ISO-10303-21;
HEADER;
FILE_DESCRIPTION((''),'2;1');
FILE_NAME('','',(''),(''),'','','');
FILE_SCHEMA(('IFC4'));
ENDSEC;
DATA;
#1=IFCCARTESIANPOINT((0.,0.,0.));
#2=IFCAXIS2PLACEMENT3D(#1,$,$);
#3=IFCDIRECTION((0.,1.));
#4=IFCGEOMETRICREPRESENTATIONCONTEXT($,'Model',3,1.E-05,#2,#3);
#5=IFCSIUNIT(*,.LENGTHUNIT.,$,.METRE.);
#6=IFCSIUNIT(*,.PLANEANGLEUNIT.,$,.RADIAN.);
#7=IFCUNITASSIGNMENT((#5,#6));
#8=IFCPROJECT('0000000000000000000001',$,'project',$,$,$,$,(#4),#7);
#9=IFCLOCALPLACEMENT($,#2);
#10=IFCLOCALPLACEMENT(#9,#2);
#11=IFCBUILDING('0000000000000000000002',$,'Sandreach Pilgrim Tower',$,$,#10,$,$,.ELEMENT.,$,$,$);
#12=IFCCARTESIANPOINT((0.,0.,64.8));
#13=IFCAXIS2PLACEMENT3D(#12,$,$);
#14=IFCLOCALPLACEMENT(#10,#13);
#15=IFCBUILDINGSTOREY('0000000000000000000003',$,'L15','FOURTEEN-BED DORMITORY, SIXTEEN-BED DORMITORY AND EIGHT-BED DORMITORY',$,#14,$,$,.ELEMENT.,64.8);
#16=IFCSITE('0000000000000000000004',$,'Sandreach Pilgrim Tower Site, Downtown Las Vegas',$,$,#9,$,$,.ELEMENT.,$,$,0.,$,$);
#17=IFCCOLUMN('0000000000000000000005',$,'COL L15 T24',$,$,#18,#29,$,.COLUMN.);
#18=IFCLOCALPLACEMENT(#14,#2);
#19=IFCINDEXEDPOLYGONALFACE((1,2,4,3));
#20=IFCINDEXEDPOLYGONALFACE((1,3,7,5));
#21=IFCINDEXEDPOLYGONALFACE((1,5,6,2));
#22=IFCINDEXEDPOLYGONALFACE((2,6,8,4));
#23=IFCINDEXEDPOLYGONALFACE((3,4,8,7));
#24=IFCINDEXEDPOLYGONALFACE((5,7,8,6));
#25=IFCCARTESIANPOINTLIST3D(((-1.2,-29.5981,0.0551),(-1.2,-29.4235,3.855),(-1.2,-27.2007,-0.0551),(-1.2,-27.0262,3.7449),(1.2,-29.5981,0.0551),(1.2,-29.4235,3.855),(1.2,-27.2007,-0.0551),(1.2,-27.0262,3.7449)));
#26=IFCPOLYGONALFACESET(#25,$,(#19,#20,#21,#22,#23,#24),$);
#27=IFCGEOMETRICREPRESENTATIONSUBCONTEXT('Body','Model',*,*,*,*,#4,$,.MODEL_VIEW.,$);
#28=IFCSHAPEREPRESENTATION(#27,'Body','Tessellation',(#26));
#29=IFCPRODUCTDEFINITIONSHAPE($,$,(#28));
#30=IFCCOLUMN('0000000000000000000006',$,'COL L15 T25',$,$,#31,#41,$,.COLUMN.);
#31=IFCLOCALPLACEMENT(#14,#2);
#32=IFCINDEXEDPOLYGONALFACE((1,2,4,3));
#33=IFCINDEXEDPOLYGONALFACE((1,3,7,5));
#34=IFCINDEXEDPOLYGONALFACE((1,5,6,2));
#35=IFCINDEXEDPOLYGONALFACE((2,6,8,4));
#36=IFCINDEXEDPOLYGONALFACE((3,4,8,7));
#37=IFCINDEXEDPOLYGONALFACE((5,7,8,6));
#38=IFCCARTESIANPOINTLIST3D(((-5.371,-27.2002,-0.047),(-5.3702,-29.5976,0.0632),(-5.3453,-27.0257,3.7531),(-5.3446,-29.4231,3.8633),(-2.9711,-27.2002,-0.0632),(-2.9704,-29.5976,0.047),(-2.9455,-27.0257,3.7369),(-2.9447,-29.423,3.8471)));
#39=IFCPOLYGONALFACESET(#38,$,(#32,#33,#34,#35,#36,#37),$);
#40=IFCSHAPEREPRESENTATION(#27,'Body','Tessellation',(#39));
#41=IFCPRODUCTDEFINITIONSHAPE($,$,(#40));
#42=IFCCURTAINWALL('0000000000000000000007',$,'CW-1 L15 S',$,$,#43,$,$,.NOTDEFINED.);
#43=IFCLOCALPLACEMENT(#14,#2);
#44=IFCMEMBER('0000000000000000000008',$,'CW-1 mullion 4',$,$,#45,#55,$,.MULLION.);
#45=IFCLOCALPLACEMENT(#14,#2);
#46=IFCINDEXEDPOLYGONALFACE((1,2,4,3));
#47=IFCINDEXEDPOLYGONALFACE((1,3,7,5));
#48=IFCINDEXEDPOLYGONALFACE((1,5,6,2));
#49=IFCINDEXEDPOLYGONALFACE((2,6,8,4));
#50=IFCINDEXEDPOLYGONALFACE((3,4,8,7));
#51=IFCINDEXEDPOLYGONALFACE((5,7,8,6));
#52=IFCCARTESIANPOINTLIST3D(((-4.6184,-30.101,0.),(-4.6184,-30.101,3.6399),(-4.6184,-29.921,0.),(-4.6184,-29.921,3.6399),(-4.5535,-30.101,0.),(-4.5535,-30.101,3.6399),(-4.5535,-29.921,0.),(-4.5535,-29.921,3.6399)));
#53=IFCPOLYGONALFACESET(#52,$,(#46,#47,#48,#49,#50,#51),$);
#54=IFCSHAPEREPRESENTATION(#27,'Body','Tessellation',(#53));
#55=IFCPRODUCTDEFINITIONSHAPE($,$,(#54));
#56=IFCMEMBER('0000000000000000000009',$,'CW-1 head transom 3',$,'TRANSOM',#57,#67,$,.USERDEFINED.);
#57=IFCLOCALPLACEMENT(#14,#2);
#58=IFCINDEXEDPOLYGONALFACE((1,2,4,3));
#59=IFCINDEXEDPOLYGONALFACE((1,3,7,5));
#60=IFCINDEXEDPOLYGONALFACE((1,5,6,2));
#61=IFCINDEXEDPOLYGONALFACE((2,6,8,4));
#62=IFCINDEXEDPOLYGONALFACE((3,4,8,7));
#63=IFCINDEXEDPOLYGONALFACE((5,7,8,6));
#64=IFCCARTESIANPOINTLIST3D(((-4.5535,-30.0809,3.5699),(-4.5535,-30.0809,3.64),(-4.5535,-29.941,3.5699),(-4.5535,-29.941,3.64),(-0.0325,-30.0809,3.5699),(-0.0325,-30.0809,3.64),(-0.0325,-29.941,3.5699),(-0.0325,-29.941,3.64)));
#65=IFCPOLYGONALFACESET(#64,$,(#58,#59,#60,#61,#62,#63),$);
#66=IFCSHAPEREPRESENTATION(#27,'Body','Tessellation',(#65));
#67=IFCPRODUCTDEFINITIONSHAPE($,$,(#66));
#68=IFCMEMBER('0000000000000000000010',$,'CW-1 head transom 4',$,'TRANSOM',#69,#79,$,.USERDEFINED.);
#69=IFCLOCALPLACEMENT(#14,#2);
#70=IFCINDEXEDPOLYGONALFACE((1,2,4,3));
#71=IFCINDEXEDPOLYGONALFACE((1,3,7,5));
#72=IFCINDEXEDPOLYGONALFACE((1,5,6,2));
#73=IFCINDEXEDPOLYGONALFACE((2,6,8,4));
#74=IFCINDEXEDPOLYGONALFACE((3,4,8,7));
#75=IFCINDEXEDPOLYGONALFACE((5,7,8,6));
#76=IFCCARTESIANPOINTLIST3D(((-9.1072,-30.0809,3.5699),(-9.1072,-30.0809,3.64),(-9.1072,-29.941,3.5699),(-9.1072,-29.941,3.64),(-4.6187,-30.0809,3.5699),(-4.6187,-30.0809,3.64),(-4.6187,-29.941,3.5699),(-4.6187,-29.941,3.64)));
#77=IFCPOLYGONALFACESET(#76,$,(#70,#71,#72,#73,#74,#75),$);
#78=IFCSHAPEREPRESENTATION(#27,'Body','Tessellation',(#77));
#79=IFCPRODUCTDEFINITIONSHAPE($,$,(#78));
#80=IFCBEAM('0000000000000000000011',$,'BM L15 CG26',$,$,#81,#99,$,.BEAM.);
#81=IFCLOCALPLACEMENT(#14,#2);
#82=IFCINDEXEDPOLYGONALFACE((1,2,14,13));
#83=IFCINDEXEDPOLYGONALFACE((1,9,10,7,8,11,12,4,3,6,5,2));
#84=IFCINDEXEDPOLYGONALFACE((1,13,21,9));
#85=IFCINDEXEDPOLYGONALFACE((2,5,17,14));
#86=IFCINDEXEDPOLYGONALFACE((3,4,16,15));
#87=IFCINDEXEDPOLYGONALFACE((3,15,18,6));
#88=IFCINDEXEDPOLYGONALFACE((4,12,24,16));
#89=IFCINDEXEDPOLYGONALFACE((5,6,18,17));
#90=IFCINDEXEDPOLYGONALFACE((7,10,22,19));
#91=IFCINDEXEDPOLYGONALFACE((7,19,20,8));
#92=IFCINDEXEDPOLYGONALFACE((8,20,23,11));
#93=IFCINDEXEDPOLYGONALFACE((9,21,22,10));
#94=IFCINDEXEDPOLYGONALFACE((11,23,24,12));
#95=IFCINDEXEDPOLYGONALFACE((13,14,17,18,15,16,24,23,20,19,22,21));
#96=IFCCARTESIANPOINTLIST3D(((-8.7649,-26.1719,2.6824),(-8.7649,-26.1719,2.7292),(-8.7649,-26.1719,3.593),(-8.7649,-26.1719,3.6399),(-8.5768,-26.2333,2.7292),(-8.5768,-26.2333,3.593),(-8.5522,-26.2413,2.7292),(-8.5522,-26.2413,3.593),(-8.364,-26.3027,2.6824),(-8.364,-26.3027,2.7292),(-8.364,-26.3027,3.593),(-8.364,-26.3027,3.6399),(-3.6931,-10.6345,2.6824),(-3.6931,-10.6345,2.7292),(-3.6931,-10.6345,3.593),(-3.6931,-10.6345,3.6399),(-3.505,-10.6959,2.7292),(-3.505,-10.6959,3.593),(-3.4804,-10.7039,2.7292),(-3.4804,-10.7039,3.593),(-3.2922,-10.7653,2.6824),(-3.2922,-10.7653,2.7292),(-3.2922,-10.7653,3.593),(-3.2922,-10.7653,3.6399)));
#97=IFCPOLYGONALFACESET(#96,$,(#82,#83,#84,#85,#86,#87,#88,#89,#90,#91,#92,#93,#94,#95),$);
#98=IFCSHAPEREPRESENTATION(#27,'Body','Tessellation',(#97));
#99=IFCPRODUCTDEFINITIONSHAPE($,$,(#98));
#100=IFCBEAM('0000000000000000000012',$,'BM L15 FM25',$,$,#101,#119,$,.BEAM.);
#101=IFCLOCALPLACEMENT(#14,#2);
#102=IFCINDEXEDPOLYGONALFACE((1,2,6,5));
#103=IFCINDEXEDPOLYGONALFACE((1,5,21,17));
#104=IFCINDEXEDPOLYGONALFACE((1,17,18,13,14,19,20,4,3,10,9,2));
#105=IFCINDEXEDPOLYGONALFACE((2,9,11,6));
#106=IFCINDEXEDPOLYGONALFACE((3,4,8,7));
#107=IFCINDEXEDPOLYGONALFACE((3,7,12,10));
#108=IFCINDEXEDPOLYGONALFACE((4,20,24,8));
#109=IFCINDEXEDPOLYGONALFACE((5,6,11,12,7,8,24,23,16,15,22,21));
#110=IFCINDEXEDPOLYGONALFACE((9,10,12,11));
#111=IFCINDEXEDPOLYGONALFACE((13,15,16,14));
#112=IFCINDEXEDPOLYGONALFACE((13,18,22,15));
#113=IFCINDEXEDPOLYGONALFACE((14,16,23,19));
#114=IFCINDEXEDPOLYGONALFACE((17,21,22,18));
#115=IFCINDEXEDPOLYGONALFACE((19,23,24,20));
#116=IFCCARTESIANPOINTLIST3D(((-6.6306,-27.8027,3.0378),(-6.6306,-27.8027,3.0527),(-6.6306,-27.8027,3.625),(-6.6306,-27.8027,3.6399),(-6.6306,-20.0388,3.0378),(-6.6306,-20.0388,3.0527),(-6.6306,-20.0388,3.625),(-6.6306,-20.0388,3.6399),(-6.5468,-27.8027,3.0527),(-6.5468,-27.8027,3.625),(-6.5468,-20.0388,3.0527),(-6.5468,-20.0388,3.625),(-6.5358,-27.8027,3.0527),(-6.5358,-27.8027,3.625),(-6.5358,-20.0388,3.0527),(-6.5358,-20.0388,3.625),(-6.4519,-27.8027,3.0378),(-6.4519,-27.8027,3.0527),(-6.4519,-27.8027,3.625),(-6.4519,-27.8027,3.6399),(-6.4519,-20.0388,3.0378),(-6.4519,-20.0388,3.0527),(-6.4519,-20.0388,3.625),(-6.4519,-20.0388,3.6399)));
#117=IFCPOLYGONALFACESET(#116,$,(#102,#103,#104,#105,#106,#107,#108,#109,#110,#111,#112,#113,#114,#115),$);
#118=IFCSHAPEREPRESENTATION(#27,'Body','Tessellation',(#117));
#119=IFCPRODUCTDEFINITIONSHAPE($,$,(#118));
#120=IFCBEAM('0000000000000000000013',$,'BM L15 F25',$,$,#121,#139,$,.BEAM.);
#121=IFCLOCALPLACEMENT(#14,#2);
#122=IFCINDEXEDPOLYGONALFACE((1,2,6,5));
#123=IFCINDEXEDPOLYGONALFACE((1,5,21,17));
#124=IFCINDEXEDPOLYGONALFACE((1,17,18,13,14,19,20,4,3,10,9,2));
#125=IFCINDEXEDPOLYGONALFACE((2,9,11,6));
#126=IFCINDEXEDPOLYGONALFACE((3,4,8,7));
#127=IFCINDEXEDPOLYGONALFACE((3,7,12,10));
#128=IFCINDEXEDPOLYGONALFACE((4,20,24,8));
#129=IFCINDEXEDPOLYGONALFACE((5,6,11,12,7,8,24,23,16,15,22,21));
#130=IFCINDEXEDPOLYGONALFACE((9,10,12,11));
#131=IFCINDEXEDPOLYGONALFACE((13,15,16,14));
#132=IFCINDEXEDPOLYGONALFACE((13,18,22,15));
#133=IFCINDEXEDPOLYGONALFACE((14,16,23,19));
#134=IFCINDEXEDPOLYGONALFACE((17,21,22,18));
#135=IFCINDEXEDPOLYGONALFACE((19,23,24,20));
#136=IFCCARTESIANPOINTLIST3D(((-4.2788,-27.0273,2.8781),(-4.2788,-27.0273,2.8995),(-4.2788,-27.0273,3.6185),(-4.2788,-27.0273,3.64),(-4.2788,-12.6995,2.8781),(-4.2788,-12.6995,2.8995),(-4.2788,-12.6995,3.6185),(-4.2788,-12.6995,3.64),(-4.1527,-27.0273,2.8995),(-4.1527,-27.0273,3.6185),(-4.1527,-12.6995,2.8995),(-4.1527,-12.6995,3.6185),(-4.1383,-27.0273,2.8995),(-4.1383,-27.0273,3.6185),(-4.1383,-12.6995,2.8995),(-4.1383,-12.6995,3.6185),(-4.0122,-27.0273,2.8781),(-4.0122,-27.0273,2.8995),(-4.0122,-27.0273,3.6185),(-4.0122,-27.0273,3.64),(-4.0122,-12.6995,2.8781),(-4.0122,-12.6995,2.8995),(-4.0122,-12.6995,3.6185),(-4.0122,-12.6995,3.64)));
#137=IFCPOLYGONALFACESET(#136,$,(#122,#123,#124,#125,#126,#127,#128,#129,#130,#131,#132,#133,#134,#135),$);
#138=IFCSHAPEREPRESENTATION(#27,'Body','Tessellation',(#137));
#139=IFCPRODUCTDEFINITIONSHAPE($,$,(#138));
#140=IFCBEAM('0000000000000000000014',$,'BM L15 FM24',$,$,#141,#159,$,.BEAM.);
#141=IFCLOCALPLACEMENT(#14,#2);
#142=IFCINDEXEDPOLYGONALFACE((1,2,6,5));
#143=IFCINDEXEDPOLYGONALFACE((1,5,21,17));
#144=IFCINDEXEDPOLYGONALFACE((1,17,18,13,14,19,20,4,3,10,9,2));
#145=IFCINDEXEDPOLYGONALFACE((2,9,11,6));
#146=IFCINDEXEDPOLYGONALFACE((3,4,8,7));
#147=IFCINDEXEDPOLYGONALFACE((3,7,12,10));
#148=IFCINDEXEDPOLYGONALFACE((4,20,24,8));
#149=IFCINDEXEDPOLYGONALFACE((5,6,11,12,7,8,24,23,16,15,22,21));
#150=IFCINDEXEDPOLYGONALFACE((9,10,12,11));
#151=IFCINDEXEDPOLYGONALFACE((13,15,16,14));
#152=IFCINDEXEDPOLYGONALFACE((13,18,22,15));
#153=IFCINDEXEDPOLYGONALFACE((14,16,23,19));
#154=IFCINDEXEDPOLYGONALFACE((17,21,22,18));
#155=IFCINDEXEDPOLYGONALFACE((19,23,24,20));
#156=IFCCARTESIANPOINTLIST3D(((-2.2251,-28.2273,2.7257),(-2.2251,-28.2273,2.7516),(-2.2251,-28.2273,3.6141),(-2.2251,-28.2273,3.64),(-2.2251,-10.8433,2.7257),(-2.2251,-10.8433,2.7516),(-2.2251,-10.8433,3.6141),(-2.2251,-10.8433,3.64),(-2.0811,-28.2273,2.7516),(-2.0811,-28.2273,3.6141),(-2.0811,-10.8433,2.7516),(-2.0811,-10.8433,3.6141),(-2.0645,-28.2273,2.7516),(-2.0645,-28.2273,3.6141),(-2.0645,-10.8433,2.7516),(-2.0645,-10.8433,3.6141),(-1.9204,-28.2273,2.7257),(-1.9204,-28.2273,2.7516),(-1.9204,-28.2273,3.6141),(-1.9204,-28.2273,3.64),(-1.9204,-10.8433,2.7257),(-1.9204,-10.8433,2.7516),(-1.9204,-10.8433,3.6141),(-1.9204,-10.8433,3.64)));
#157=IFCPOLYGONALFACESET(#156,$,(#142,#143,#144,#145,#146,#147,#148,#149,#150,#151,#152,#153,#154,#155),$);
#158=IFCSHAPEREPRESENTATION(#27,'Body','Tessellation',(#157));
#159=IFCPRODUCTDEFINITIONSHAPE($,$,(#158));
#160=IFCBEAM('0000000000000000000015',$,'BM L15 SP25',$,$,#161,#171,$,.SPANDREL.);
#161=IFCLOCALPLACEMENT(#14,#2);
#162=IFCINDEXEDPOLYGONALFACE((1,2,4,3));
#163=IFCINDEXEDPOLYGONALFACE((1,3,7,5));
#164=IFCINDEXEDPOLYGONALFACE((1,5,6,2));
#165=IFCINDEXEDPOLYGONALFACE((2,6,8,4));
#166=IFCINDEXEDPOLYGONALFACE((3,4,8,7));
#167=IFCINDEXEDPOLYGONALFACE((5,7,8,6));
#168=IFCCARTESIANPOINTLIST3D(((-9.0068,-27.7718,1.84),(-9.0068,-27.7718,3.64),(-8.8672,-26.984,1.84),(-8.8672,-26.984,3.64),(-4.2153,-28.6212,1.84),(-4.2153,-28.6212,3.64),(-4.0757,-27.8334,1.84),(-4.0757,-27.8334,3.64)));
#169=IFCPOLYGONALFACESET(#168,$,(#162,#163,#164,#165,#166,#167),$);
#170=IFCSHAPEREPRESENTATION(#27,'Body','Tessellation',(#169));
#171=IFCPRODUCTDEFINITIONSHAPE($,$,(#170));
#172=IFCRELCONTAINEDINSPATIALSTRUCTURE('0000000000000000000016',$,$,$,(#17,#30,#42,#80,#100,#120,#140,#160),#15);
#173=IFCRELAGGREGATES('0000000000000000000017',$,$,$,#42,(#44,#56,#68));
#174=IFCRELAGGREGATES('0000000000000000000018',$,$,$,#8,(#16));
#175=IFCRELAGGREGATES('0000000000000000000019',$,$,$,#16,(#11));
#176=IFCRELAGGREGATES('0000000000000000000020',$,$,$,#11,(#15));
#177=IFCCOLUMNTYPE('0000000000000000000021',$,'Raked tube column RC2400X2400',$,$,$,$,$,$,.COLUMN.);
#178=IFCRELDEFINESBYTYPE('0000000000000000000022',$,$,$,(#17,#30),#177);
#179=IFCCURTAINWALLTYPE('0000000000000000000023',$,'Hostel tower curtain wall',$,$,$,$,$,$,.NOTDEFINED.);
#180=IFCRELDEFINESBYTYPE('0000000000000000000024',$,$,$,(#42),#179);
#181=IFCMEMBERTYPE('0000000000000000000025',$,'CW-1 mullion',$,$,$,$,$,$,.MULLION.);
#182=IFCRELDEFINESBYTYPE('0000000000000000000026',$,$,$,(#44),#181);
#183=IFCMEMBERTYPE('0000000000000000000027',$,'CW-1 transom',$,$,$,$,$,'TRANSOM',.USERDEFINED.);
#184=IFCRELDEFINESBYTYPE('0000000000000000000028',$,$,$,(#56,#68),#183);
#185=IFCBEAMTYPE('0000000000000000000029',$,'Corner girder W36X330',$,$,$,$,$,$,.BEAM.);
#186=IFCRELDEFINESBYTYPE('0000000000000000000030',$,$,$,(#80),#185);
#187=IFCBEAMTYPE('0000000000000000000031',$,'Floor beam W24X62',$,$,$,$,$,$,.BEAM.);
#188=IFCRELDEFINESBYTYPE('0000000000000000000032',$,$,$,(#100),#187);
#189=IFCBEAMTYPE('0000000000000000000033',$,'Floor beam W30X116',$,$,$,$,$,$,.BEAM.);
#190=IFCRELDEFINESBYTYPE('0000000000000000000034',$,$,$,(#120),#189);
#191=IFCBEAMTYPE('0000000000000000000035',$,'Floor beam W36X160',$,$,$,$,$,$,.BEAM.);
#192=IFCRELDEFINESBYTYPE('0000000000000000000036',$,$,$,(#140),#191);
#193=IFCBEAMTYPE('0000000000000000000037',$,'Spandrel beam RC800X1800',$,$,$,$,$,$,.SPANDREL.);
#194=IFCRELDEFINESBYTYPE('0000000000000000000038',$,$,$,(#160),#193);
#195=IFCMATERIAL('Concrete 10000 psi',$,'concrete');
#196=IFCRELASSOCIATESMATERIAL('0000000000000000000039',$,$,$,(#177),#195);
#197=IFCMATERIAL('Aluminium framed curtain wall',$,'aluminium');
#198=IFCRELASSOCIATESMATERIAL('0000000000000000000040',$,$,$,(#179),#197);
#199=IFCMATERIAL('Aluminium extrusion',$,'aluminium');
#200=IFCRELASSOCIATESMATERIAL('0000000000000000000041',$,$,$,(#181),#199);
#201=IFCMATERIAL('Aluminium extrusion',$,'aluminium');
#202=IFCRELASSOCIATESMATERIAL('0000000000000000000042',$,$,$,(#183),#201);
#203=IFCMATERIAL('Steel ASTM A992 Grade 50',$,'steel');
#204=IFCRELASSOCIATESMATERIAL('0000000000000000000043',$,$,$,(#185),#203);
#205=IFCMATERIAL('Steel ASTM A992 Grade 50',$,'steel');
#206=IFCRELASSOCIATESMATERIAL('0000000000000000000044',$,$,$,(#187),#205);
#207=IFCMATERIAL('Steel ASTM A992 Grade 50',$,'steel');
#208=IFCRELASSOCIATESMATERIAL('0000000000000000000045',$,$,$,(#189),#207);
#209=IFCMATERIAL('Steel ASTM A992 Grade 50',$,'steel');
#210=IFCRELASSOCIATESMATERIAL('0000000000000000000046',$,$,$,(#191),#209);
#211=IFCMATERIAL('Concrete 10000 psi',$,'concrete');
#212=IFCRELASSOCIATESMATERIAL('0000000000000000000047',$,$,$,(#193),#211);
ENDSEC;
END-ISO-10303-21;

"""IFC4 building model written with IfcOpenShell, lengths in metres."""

from ifc_helpers import new_model, si_unit, direction, frame, origin, origin_2d, place, context, subcontext, project, spatial, rectangle, i_section, extrude, material, material_profile, profile_set, type_object, element, aggregate, save


model = new_model("IFC4")

# Units and contexts
model_context = context("Model", 3, precision=1e-05, world=origin(), true_north=direction((0.0, 1.0)))
body_context = subcontext(model_context, "Body", "Model", "MODEL_VIEW")
ifc_project = project(units=[si_unit("LENGTHUNIT", "METRE"), si_unit("PLANEANGLEUNIT", "RADIAN")], contexts=[model_context])

# Site, building, storey
site_placement = place(None, origin())
site = spatial("IfcSite", under=ifc_project, at=site_placement, Name="Sandreach Pilgrim Tower Site, Downtown Las Vegas", CompositionType="ELEMENT", RefElevation=0.0)
building_placement = place(site_placement, origin())
building = spatial("IfcBuilding", under=site, at=building_placement, Name="Sandreach Pilgrim Tower", CompositionType="ELEMENT")
storey_placement = place(building_placement, frame((0.0, 0.0, 64.8)))
storey = spatial("IfcBuildingStorey", under=building, at=storey_placement, Name="L15", Description="FOURTEEN-BED DORMITORY, SIXTEEN-BED DORMITORY AND EIGHT-BED DORMITORY", CompositionType="ELEMENT", Elevation=64.8)

# Columns
ifc_material_1 = material(Name="Concrete 10000 psi", Category="concrete")
ifc_material_profile_1 = material_profile(ifc_material_1, rectangle(XDim=2.3999, YDim=2.3999, at=origin_2d()), Name="RC2400X2400")
ifc_profile_set_1 = profile_set([ifc_material_profile_1], Name="Concrete 10000 psi")
column_type = type_object("IfcColumnType", Name="Raked tube column RC2400X2400", PredefinedType="COLUMN", material=ifc_profile_set_1)
column_1_placement = place(storey_placement, frame((0.0, -28.3994, 0.0), z_axis=(0.0, 0.045888, 0.998947), x_axis=(0.0, -0.998947, 0.045888)))
element("IfcColumn", 1, at=column_1_placement, inside=storey, type_object=column_type, Name="COL L15 T24", PredefinedType="COLUMN", context=body_context, shape_type="SweptSolid", body=[
    extrude(rectangle(XDim=2.3999, YDim=2.3999, at=origin_2d()), origin(), (0.0, 0.0, 1.0), 3.804),
])
column_2_placement = place(storey_placement, frame((-4.1707, -28.3989, 0.0), z_axis=(0.006739, 0.045887, 0.998924), x_axis=(0.000315, -0.998947, 0.045886)))
element("IfcColumn", 2, at=column_2_placement, inside=storey, type_object=column_type, Name="COL L15 T25", PredefinedType="COLUMN", context=body_context, shape_type="SweptSolid", body=[
    extrude(rectangle(XDim=2.3999, YDim=2.3999, at=origin_2d()), origin(), (0.0, 0.0, 1.0), 3.8042),
])

# Curtain wall, members
ifc_material_2 = material(Name="Aluminium framed curtain wall", Category="aluminium")
curtain_wall_type = type_object("IfcCurtainWallType", Name="Hostel tower curtain wall", PredefinedType="NOTDEFINED", material=ifc_material_2)
curtain_wall_placement = place(storey_placement, origin())
curtain_wall = element("IfcCurtainWall", 3, at=curtain_wall_placement, inside=storey, type_object=curtain_wall_type, Name="CW-1 L15 S", PredefinedType="NOTDEFINED")
ifc_material_3 = material(Name="Aluminium extrusion", Category="aluminium")
ifc_material_profile_2 = material_profile(ifc_material_3, rectangle(XDim=0.0649, YDim=0.1799, at=origin_2d()), Name="CW-1M 65X180")
ifc_profile_set_2 = profile_set([ifc_material_profile_2], Name="Aluminium extrusion")
member_type_1 = type_object("IfcMemberType", Name="CW-1 mullion", PredefinedType="MULLION", material=ifc_profile_set_2)
member_1_placement = place(storey_placement, frame((-4.5859, -30.011, 0.0), z_axis=(0.0, 0.0, 1.0), x_axis=(-1.0, 0.0, 0.0)))
member_1 = element("IfcMember", 4, at=member_1_placement, type_object=member_type_1, Name="CW-1 mullion 4", PredefinedType="MULLION", context=body_context, shape_type="SweptSolid", body=[
    extrude(rectangle(XDim=0.0649, YDim=0.1799, at=origin_2d()), origin(), (0.0, 0.0, 1.0), 3.6399),
])
ifc_material_4 = material(Name="Aluminium extrusion", Category="aluminium")
ifc_material_profile_3 = material_profile(ifc_material_4, rectangle(XDim=0.1399, YDim=0.0701, at=origin_2d()), Name="CW-1T 140X70")
ifc_profile_set_3 = profile_set([ifc_material_profile_3], Name="Aluminium extrusion")
member_type_2 = type_object("IfcMemberType", Name="CW-1 transom", ElementType="TRANSOM", PredefinedType="USERDEFINED", material=ifc_profile_set_3)
member_2_placement = place(storey_placement, frame((-0.0325, -30.011, 3.605), z_axis=(-1.0, 0.0, 0.0), x_axis=(0.0, -1.0, 0.0)))
member_2 = element("IfcMember", 5, at=member_2_placement, type_object=member_type_2, Name="CW-1 head transom 3", ObjectType="TRANSOM", PredefinedType="USERDEFINED", context=body_context, shape_type="SweptSolid", body=[
    extrude(rectangle(XDim=0.1399, YDim=0.0701, at=origin_2d()), origin(), (0.0, 0.0, 1.0), 4.521),
])
member_3_placement = place(storey_placement, frame((-4.6187, -30.011, 3.605), z_axis=(-1.0, 0.0, 0.0), x_axis=(0.0, -1.0, 0.0)))
member_3 = element("IfcMember", 6, at=member_3_placement, type_object=member_type_2, Name="CW-1 head transom 4", ObjectType="TRANSOM", PredefinedType="USERDEFINED", context=body_context, shape_type="SweptSolid", body=[
    extrude(rectangle(XDim=0.1399, YDim=0.0701, at=origin_2d()), origin(), (0.0, 0.0, 1.0), 4.4885),
])

# Beams
ifc_material_5 = material(Name="Steel ASTM A992 Grade 50", Category="steel")
ifc_material_profile_4 = material_profile(ifc_material_5, i_section(OverallWidth=0.4216, OverallDepth=0.9575, WebThickness=0.0259, FlangeThickness=0.0469, at=origin_2d()), Name="W36X330")
ifc_profile_set_4 = profile_set([ifc_material_profile_4], Name="Steel ASTM A992 Grade 50")
beam_type_1 = type_object("IfcBeamType", Name="Corner girder W36X330", PredefinedType="BEAM", material=ifc_profile_set_4)
beam_1_placement = place(storey_placement, frame((-8.5645, -26.2373, 3.1611), z_axis=(0.310311, 0.950635, 0.0), x_axis=(-0.950635, 0.310311, 0.0)))
element("IfcBeam", 7, at=beam_1_placement, inside=storey, type_object=beam_type_1, Name="BM L15 CG26", PredefinedType="BEAM", context=body_context, shape_type="SweptSolid", body=[
    extrude(i_section(OverallWidth=0.4216, OverallDepth=0.9575, WebThickness=0.0259, FlangeThickness=0.0469, at=origin_2d()), origin(), (0.0, 0.0, 1.0), 16.3442),
])
ifc_material_6 = material(Name="Steel ASTM A992 Grade 50", Category="steel")
ifc_material_profile_5 = material_profile(ifc_material_6, i_section(OverallWidth=0.1787, OverallDepth=0.6021, WebThickness=0.011, FlangeThickness=0.0149, at=origin_2d()), Name="W24X62")
ifc_profile_set_5 = profile_set([ifc_material_profile_5], Name="Steel ASTM A992 Grade 50")
beam_type_2 = type_object("IfcBeamType", Name="Floor beam W24X62", PredefinedType="BEAM", material=ifc_profile_set_5)
beam_2_placement = place(storey_placement, frame((-6.5413, -27.8027, 3.3389), z_axis=(0.0, 1.0, 0.0), x_axis=(-1.0, 0.0, 0.0)))
element("IfcBeam", 8, at=beam_2_placement, inside=storey, type_object=beam_type_2, Name="BM L15 FM25", PredefinedType="BEAM", context=body_context, shape_type="SweptSolid", body=[
    extrude(i_section(OverallWidth=0.1787, OverallDepth=0.6021, WebThickness=0.011, FlangeThickness=0.0149, at=origin_2d()), origin(), (0.0, 0.0, 1.0), 7.7639),
])
ifc_material_7 = material(Name="Steel ASTM A992 Grade 50", Category="steel")
ifc_material_profile_6 = material_profile(ifc_material_7, i_section(OverallWidth=0.2666, OverallDepth=0.762, WebThickness=0.0144, FlangeThickness=0.0215, at=origin_2d()), Name="W30X116")
ifc_profile_set_6 = profile_set([ifc_material_profile_6], Name="Steel ASTM A992 Grade 50")
beam_type_3 = type_object("IfcBeamType", Name="Floor beam W30X116", PredefinedType="BEAM", material=ifc_profile_set_6)
beam_3_placement = place(storey_placement, frame((-4.1455, -27.0273, 3.259), z_axis=(0.0, 1.0, 0.0), x_axis=(-1.0, 0.0, 0.0)))
element("IfcBeam", 9, at=beam_3_placement, inside=storey, type_object=beam_type_3, Name="BM L15 F25", PredefinedType="BEAM", context=body_context, shape_type="SweptSolid", body=[
    extrude(i_section(OverallWidth=0.2666, OverallDepth=0.762, WebThickness=0.0144, FlangeThickness=0.0215, at=origin_2d()), origin(), (0.0, 0.0, 1.0), 14.3279),
])
ifc_material_8 = material(Name="Steel ASTM A992 Grade 50", Category="steel")
ifc_material_profile_7 = material_profile(ifc_material_8, i_section(OverallWidth=0.3047, OverallDepth=0.9143, WebThickness=0.0166, FlangeThickness=0.0259, at=origin_2d()), Name="W36X160")
ifc_profile_set_7 = profile_set([ifc_material_profile_7], Name="Steel ASTM A992 Grade 50")
beam_type_4 = type_object("IfcBeamType", Name="Floor beam W36X160", PredefinedType="BEAM", material=ifc_profile_set_7)
beam_4_placement = place(storey_placement, frame((-2.0728, -28.2273, 3.1829), z_axis=(0.0, 1.0, 0.0), x_axis=(-1.0, 0.0, 0.0)))
element("IfcBeam", 10, at=beam_4_placement, inside=storey, type_object=beam_type_4, Name="BM L15 FM24", PredefinedType="BEAM", context=body_context, shape_type="SweptSolid", body=[
    extrude(i_section(OverallWidth=0.3047, OverallDepth=0.9143, WebThickness=0.0166, FlangeThickness=0.0259, at=origin_2d()), origin(), (0.0, 0.0, 1.0), 17.384),
])
ifc_material_9 = material(Name="Concrete 10000 psi", Category="concrete")
ifc_material_profile_8 = material_profile(ifc_material_9, rectangle(XDim=0.8, YDim=1.8, at=origin_2d()), Name="RC800X1800")
ifc_profile_set_8 = profile_set([ifc_material_profile_8], Name="Concrete 10000 psi")
beam_type_5 = type_object("IfcBeamType", Name="Spandrel beam RC800X1800", PredefinedType="SPANDREL", material=ifc_profile_set_8)
beam_5_placement = place(storey_placement, frame((-4.1455, -28.2273, 2.74), z_axis=(-0.984649, 0.174544, 0.0), x_axis=(-0.174544, -0.984649, 0.0)))
element("IfcBeam", 11, at=beam_5_placement, inside=storey, type_object=beam_type_5, Name="BM L15 SP25", PredefinedType="SPANDREL", context=body_context, shape_type="SweptSolid", body=[
    extrude(rectangle(XDim=0.8, YDim=1.8, at=origin_2d()), origin(), (0.0, 0.0, 1.0), 4.8662),
])

aggregate(curtain_wall, [member_1, member_2, member_3])

save(model, "model.ifc")
